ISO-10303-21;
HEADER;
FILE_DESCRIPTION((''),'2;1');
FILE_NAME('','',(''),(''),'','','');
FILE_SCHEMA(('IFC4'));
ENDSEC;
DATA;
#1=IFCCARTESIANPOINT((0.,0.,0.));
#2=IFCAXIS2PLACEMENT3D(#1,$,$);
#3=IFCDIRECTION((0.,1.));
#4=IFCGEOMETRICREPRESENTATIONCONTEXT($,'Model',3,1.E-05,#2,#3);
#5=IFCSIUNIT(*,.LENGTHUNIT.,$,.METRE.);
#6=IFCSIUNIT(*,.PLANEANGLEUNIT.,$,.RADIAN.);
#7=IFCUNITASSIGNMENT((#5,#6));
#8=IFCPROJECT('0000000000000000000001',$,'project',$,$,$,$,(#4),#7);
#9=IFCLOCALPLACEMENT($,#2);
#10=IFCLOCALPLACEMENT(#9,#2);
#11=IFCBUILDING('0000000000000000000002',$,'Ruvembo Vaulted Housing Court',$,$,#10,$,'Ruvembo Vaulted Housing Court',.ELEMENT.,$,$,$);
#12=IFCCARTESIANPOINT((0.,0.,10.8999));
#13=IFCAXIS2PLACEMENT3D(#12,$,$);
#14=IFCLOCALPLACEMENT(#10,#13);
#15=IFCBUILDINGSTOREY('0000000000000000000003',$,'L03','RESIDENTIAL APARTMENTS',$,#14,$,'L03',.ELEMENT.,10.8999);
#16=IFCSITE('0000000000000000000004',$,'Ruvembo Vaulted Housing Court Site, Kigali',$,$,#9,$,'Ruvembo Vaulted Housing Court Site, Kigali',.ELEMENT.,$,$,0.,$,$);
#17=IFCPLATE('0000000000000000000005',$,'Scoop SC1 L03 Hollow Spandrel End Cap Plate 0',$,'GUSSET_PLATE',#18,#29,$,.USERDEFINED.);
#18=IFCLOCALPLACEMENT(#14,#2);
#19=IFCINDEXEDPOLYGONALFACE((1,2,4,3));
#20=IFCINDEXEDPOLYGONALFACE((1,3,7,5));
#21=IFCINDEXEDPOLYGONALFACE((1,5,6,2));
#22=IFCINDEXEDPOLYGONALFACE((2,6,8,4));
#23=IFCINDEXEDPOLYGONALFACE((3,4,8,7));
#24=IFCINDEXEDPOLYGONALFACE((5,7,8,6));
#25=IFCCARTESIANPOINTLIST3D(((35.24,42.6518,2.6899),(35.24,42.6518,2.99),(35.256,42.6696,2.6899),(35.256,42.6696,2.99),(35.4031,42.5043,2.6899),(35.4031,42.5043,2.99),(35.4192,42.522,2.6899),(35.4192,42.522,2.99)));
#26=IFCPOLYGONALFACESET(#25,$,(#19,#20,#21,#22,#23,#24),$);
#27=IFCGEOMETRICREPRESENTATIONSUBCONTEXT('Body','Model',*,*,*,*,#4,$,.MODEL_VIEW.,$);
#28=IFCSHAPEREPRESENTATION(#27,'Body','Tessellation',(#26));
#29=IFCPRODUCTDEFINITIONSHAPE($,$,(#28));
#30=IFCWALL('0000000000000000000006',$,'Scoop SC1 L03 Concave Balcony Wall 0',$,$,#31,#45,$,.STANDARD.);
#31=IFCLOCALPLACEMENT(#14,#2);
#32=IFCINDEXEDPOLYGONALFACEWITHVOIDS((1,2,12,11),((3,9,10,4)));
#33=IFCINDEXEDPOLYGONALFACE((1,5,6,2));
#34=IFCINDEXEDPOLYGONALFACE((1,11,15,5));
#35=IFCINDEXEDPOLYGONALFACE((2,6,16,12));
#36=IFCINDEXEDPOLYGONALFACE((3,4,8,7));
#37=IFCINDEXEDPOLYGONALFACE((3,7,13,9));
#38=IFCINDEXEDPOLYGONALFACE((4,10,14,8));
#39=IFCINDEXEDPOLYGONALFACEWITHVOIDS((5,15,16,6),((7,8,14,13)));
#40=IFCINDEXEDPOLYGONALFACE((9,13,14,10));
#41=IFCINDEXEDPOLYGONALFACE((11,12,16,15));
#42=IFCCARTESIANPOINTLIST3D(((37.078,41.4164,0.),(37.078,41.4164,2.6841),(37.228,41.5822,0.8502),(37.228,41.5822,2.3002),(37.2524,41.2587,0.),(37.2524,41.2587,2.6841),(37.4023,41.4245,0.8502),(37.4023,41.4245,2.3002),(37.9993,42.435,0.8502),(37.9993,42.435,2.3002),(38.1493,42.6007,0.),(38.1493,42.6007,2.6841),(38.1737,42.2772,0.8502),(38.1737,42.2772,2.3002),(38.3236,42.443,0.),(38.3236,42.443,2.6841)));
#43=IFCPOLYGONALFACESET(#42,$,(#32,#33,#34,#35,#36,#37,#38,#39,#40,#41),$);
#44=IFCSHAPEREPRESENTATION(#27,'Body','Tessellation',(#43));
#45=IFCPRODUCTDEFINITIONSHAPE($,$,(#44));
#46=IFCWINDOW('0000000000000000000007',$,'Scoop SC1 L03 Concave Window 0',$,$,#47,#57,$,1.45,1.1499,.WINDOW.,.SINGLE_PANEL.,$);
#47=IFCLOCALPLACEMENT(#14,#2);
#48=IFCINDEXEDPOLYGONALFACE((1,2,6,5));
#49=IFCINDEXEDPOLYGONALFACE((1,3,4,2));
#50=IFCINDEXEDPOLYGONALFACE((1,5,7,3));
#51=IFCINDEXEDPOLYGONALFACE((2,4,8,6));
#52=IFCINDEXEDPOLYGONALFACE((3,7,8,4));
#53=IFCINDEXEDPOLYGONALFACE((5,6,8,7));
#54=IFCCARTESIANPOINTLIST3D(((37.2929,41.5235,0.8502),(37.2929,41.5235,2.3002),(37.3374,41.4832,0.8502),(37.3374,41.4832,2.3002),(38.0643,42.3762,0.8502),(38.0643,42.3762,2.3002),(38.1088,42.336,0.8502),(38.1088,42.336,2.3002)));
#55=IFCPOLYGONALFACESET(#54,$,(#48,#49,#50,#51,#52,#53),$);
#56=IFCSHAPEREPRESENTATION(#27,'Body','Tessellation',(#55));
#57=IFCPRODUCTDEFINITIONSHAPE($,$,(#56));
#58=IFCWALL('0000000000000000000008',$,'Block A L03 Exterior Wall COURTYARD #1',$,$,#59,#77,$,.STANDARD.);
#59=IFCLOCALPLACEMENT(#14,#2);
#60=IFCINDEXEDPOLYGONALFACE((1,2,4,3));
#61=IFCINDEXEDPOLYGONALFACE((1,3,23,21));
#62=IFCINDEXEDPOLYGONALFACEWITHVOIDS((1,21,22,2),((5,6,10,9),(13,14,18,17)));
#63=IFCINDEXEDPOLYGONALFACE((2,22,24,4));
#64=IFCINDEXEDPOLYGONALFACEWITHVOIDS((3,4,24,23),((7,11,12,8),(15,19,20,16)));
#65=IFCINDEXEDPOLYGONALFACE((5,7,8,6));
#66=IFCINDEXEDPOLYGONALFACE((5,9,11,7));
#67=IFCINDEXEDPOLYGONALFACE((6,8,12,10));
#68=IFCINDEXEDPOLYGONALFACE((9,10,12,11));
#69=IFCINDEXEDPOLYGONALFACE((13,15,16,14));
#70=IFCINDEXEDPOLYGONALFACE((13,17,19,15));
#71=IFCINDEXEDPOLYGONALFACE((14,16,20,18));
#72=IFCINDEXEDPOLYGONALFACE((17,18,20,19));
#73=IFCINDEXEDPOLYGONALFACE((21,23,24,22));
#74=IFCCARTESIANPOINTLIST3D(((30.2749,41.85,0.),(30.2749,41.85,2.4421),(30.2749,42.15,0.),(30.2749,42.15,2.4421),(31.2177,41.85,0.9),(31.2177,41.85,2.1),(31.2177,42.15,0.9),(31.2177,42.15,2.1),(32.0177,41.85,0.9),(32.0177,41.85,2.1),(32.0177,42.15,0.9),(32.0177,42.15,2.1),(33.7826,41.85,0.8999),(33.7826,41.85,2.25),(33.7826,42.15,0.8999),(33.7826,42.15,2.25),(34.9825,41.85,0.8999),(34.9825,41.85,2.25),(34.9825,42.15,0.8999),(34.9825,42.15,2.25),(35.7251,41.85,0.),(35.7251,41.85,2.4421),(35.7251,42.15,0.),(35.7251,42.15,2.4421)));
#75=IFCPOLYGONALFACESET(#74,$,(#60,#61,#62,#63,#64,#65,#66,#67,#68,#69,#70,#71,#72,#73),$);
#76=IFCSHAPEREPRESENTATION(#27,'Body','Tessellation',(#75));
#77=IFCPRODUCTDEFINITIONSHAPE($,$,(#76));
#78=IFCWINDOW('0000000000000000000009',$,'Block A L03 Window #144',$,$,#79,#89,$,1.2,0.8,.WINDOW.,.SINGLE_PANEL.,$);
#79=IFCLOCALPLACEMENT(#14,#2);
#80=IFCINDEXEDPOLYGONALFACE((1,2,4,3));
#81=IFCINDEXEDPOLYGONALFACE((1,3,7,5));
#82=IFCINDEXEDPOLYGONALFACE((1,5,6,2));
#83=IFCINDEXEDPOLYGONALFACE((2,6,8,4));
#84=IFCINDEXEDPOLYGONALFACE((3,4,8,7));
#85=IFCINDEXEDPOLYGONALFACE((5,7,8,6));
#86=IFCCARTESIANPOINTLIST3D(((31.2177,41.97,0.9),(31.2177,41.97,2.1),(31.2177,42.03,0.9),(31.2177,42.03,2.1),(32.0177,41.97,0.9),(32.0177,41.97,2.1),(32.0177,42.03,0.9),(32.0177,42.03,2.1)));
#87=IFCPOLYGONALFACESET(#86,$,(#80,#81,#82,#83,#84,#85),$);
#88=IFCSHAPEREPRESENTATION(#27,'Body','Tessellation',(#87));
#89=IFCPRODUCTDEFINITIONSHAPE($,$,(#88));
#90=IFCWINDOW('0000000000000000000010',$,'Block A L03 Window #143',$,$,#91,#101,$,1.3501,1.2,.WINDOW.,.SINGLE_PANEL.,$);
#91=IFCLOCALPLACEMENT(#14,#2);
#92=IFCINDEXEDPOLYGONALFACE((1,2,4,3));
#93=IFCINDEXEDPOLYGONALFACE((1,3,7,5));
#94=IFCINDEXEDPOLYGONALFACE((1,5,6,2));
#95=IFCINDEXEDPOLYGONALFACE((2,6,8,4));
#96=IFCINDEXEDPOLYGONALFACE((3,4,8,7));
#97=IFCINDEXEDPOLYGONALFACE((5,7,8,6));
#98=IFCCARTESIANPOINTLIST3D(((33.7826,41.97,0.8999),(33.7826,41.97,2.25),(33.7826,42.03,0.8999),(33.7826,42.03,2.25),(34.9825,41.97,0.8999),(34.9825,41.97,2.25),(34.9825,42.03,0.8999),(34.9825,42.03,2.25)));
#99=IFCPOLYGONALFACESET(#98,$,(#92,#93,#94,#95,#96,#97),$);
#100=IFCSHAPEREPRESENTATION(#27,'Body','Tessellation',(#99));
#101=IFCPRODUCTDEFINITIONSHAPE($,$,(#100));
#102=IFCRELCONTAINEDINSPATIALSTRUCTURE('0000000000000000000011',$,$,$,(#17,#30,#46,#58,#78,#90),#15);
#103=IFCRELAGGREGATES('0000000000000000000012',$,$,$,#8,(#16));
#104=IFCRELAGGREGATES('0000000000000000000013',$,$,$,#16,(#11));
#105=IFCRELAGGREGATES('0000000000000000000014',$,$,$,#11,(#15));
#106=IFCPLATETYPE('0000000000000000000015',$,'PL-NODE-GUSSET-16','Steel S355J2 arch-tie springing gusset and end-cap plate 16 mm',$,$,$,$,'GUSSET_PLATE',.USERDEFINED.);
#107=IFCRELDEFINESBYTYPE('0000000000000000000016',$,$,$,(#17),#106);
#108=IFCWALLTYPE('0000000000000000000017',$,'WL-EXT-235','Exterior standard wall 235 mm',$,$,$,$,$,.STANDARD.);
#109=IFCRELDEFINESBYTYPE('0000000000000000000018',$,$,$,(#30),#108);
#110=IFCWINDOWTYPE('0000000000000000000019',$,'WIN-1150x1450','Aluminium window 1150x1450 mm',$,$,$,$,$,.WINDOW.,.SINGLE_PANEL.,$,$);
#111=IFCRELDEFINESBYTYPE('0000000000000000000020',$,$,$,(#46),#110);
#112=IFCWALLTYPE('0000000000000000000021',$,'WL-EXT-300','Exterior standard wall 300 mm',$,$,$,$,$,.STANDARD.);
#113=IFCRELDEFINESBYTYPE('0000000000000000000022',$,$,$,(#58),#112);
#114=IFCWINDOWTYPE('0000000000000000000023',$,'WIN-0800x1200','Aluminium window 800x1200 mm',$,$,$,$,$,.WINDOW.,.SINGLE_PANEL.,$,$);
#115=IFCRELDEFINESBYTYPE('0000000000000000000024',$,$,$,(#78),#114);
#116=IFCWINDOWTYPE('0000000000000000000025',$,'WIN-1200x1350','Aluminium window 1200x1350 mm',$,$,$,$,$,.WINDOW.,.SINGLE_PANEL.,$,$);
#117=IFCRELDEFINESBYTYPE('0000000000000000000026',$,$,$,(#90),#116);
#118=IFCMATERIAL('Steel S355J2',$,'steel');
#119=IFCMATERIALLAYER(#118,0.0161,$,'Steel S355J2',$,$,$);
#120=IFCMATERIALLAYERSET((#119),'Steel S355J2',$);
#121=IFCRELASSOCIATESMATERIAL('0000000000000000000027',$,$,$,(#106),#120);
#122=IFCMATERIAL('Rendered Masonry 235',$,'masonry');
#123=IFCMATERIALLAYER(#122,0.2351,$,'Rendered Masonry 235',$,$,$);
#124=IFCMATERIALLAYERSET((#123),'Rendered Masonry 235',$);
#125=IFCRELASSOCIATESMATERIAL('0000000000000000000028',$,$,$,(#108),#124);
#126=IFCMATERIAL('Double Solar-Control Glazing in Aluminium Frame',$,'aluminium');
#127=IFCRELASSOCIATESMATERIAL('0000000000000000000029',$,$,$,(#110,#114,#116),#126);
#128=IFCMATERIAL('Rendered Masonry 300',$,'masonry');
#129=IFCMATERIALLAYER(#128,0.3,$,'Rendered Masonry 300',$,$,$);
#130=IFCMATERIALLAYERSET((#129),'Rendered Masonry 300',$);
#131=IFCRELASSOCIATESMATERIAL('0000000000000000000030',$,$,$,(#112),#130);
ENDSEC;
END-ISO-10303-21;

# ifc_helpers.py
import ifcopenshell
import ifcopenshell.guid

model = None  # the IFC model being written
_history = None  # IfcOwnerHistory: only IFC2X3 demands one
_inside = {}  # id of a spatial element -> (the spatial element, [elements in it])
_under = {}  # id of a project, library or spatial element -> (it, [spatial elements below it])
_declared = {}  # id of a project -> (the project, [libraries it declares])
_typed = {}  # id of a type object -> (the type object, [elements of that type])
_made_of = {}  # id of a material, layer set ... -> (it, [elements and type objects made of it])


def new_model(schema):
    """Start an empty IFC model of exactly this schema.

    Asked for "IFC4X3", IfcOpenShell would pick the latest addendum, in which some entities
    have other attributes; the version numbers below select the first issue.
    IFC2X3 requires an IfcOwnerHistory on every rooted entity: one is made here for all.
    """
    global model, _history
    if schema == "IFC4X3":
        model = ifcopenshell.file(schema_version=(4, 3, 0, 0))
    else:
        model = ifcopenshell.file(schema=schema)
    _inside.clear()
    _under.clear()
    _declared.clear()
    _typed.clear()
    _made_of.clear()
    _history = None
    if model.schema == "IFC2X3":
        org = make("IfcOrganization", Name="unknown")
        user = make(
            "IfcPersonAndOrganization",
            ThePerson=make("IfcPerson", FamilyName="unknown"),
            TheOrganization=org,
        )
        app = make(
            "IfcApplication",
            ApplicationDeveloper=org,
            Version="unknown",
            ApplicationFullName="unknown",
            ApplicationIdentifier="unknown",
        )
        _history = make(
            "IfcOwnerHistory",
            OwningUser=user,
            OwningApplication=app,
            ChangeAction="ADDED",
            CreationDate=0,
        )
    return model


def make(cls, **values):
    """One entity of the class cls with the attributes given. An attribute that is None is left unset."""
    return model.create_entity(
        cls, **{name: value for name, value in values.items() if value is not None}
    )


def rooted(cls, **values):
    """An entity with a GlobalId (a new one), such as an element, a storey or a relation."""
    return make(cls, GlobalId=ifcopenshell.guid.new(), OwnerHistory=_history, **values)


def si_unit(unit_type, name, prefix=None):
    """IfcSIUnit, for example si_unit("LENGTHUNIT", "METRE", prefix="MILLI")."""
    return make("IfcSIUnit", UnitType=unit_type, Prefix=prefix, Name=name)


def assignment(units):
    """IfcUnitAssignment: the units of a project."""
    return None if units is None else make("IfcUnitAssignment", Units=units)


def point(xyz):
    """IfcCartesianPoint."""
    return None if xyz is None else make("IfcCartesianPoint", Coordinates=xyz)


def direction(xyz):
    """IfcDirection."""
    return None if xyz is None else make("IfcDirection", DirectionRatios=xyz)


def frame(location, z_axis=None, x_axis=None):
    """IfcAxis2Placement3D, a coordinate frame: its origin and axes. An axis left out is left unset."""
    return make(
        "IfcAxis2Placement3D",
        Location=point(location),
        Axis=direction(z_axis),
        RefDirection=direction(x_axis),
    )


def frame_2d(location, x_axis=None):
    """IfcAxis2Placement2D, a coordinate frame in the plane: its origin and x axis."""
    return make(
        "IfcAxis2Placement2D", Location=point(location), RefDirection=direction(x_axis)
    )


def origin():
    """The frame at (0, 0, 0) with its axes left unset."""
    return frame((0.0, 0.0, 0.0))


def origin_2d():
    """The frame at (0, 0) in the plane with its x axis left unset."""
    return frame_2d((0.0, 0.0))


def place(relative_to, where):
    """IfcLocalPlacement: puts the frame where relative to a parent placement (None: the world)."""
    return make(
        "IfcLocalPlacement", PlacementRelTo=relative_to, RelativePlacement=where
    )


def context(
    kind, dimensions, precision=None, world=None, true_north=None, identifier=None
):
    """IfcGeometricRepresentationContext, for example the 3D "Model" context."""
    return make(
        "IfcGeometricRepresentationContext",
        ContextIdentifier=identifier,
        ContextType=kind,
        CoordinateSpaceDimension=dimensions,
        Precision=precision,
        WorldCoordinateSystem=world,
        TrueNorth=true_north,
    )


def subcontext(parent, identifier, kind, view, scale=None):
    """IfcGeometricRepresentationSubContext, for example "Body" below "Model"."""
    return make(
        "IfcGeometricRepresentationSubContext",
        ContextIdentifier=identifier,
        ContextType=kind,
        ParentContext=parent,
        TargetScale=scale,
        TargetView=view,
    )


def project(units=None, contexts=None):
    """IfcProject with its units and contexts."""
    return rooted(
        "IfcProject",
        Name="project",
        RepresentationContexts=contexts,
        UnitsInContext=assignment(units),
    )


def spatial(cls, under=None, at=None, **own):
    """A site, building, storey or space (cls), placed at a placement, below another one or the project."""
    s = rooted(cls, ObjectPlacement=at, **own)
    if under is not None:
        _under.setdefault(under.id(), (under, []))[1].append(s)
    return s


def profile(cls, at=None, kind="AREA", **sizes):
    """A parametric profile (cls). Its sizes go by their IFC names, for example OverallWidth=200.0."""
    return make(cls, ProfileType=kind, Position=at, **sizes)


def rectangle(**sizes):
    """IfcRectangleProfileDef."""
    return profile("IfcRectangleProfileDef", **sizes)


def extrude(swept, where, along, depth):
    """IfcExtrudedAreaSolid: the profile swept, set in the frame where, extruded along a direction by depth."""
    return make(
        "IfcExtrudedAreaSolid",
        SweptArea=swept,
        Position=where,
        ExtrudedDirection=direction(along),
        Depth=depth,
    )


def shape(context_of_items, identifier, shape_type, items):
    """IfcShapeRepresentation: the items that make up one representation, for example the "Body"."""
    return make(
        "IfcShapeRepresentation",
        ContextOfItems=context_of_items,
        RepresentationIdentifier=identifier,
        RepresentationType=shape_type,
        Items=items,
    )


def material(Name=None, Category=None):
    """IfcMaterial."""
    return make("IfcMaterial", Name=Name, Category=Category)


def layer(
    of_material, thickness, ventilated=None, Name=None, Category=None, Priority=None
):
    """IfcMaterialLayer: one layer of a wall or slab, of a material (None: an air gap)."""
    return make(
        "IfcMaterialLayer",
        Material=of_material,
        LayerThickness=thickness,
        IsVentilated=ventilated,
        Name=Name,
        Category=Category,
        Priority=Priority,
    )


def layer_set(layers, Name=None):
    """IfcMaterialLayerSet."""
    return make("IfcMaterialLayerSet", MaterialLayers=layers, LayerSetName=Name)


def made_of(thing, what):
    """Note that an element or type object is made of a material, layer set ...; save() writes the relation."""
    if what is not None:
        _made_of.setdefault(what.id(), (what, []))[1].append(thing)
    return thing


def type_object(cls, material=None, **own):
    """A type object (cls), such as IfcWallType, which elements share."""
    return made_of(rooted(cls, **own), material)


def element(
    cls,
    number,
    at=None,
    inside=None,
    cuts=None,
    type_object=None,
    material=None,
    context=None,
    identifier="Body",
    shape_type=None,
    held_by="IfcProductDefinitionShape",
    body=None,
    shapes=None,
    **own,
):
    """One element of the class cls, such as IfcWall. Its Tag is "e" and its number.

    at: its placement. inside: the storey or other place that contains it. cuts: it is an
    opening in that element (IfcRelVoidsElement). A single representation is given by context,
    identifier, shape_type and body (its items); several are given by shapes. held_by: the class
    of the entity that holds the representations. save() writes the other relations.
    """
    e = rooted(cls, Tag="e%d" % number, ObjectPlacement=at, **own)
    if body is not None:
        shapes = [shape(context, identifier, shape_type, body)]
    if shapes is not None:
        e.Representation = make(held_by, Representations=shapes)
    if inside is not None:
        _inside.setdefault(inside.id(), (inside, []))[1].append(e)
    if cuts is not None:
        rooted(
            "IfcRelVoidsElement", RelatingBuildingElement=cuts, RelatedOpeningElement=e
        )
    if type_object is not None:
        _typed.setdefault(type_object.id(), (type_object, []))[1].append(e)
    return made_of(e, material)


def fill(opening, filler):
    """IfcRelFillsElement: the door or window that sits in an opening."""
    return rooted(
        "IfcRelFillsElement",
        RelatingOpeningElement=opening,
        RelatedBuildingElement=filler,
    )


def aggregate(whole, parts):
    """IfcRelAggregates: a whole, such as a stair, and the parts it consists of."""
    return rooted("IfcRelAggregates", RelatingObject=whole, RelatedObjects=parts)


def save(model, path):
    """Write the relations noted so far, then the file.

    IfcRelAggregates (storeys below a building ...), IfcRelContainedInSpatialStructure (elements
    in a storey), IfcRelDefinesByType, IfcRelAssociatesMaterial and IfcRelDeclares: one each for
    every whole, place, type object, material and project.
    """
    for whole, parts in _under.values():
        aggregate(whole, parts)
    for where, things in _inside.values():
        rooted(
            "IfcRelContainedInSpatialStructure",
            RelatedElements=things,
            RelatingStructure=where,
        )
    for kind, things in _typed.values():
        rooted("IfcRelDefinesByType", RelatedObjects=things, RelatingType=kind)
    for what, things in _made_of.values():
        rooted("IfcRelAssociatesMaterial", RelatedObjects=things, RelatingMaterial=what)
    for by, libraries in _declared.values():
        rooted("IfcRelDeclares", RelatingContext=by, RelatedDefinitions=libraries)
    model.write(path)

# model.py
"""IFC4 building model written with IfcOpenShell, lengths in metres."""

from ifc_helpers import new_model, si_unit, direction, frame, frame_2d, origin, origin_2d, place, context, subcontext, project, spatial, rectangle, extrude, material, layer, layer_set, type_object, element, fill, save


model = new_model("IFC4")

# Units and contexts
model_context = context("Model", 3, precision=1e-05, world=origin(), true_north=direction((0.0, 1.0)))
body_context = subcontext(model_context, "Body", "Model", "MODEL_VIEW")
ifc_project = project(units=[si_unit("LENGTHUNIT", "METRE"), si_unit("PLANEANGLEUNIT", "RADIAN")], contexts=[model_context])

# Site, building, storey
site_placement = place(None, origin())
site = spatial("IfcSite", under=ifc_project, at=site_placement, Name="Ruvembo Vaulted Housing Court Site, Kigali", LongName="Ruvembo Vaulted Housing Court Site, Kigali", CompositionType="ELEMENT", RefElevation=0.0)
building_placement = place(site_placement, origin())
building = spatial("IfcBuilding", under=site, at=building_placement, Name="Ruvembo Vaulted Housing Court", LongName="Ruvembo Vaulted Housing Court", CompositionType="ELEMENT")
storey_placement = place(building_placement, frame((0.0, 0.0, 10.8999)))
storey = spatial("IfcBuildingStorey", under=building, at=storey_placement, Name="L03", Description="RESIDENTIAL APARTMENTS", LongName="L03", CompositionType="ELEMENT", Elevation=10.8999)

# Shared definitions
ifc_material_1 = material(Name="Steel S355J2", Category="steel")

# Plate
ifc_layer_1 = layer(ifc_material_1, 0.0161, Name="Steel S355J2")
ifc_layer_set_1 = layer_set([ifc_layer_1], Name="Steel S355J2")
plate_type = type_object("IfcPlateType", Name="PL-NODE-GUSSET-16", Description="Steel S355J2 arch-tie springing gusset and end-cap plate 16 mm", ElementType="GUSSET_PLATE", PredefinedType="USERDEFINED", material=ifc_layer_set_1)
plate_placement = place(storey_placement, frame((35.3296, 42.5869, 2.6899), z_axis=(0.0, 0.0, 1.0), x_axis=(0.670841, 0.741601, 0.0)))
element("IfcPlate", 1, at=plate_placement, inside=storey, type_object=plate_type, Name="Scoop SC1 L03 Hollow Spandrel End Cap Plate 0", ObjectType="GUSSET_PLATE", PredefinedType="USERDEFINED", context=body_context, shape_type="SweptSolid", body=[
    extrude(rectangle(XDim=0.0239, YDim=0.22, at=origin_2d()), origin(), (0.0, 0.0, 1.0), 0.3),
])

# Wall, opening, window
ifc_material_2 = material(Name="Rendered Masonry 235", Category="masonry")
ifc_layer_2 = layer(ifc_material_2, 0.2351, Name="Rendered Masonry 235")
ifc_layer_set_2 = layer_set([ifc_layer_2], Name="Rendered Masonry 235")
wall_type_1 = type_object("IfcWallType", Name="WL-EXT-235", Description="Exterior standard wall 235 mm", PredefinedType="STANDARD", material=ifc_layer_set_2)
wall_1_placement = place(storey_placement, frame((37.1653, 41.3376, 0.0), z_axis=(0.0, 0.0, 1.0), x_axis=(0.670829, 0.741612, 0.0)))
wall_1 = element("IfcWall", 2, at=wall_1_placement, inside=storey, type_object=wall_type_1, Name="Scoop SC1 L03 Concave Balcony Wall 0", PredefinedType="STANDARD", context=body_context, shape_type="SweptSolid", body=[
    extrude(rectangle(XDim=1.5969, YDim=0.2351, at=frame_2d((0.7983, 0.0))), origin(), (0.0, 0.0, 1.0), 2.6841),
])
opening_1_placement = place(wall_1_placement, frame((0.2234, 0.0, 0.8501)))
opening_1 = element("IfcOpeningElement", 3, at=opening_1_placement, cuts=wall_1, PredefinedType="OPENING", context=body_context, shape_type="SweptSolid", body=[
    extrude(rectangle(XDim=1.1499, YDim=1.45, at=frame_2d((0.575, 0.7251))), frame((0.0, 0.1274, 0.0), z_axis=(0.0, -1.0, 0.0), x_axis=(1.0, 0.0, 0.0)), (0.0, 0.0, 1.0), 0.2551),
])
ifc_material_3 = material(Name="Double Solar-Control Glazing in Aluminium Frame", Category="aluminium")
window_type_1 = type_object("IfcWindowType", Name="WIN-1150x1450", Description="Aluminium window 1150x1450 mm", PartitioningType="SINGLE_PANEL", PredefinedType="WINDOW", material=ifc_material_3)
window_1_placement = place(opening_1_placement, origin())
window_1 = element("IfcWindow", 4, at=window_1_placement, inside=storey, type_object=window_type_1, Name="Scoop SC1 L03 Concave Window 0", OverallHeight=1.45, OverallWidth=1.1499, PartitioningType="SINGLE_PANEL", PredefinedType="WINDOW", context=body_context, shape_type="SweptSolid", body=[
    extrude(rectangle(XDim=1.1499, YDim=1.45, at=frame_2d((0.575, 0.7251))), frame((0.0, 0.03, 0.0), z_axis=(0.0, -1.0, 0.0), x_axis=(1.0, 0.0, 0.0)), (0.0, 0.0, 1.0), 0.0601),
])
fill(opening_1, window_1)

# Shared definitions
ifc_material_4 = material(Name="Rendered Masonry 300", Category="masonry")
ifc_layer_3 = layer(ifc_material_4, 0.3, Name="Rendered Masonry 300")
ifc_layer_set_3 = layer_set([ifc_layer_3], Name="Rendered Masonry 300")
wall_type_2 = type_object("IfcWallType", Name="WL-EXT-300", Description="Exterior standard wall 300 mm", PredefinedType="STANDARD", material=ifc_layer_set_3)

# Wall, openings, windows
wall_2_placement = place(storey_placement, frame((35.7251, 42.0, 0.0), z_axis=(0.0, 0.0, 1.0), x_axis=(-1.0, 0.0, 0.0)))
wall_2 = element("IfcWall", 5, at=wall_2_placement, inside=storey, type_object=wall_type_2, Name="Block A L03 Exterior Wall COURTYARD #1", PredefinedType="STANDARD", context=body_context, shape_type="SweptSolid", body=[
    extrude(rectangle(XDim=5.4502, YDim=0.3, at=frame_2d((2.7251, 0.0))), origin(), (0.0, 0.0, 1.0), 2.4421),
])
opening_2_placement = place(wall_2_placement, frame((0.7424, 0.0, 0.8999)))
opening_2 = element("IfcOpeningElement", 6, at=opening_2_placement, cuts=wall_2, PredefinedType="OPENING", context=body_context, shape_type="SweptSolid", body=[
    extrude(rectangle(XDim=1.2, YDim=1.3501, at=frame_2d((0.6001, 0.675))), frame((0.0, 0.1599, 0.0), z_axis=(0.0, -1.0, 0.0), x_axis=(1.0, 0.0, 0.0)), (0.0, 0.0, 1.0), 0.3201),
])
opening_3_placement = place(wall_2_placement, frame((3.7075, 0.0, 0.8999)))
opening_3 = element("IfcOpeningElement", 7, at=opening_3_placement, cuts=wall_2, PredefinedType="OPENING", context=body_context, shape_type="SweptSolid", body=[
    extrude(rectangle(XDim=0.8, YDim=1.2, at=frame_2d((0.3999, 0.6001))), frame((0.0, 0.1599, 0.0), z_axis=(0.0, -1.0, 0.0), x_axis=(1.0, 0.0, 0.0)), (0.0, 0.0, 1.0), 0.3201),
])
window_type_2 = type_object("IfcWindowType", Name="WIN-0800x1200", Description="Aluminium window 800x1200 mm", PartitioningType="SINGLE_PANEL", PredefinedType="WINDOW", material=ifc_material_3)
window_2_placement = place(opening_3_placement, origin())
window_2 = element("IfcWindow", 8, at=window_2_placement, inside=storey, type_object=window_type_2, Name="Block A L03 Window #144", OverallHeight=1.2, OverallWidth=0.8, PartitioningType="SINGLE_PANEL", PredefinedType="WINDOW", context=body_context, shape_type="SweptSolid", body=[
    extrude(rectangle(XDim=0.8, YDim=1.2, at=frame_2d((0.3999, 0.6001))), frame((0.0, 0.03, 0.0), z_axis=(0.0, -1.0, 0.0), x_axis=(1.0, 0.0, 0.0)), (0.0, 0.0, 1.0), 0.0601),
])
fill(opening_3, window_2)
window_type_3 = type_object("IfcWindowType", Name="WIN-1200x1350", Description="Aluminium window 1200x1350 mm", PartitioningType="SINGLE_PANEL", PredefinedType="WINDOW", material=ifc_material_3)
window_3_placement = place(opening_2_placement, origin())
window_3 = element("IfcWindow", 9, at=window_3_placement, inside=storey, type_object=window_type_3, Name="Block A L03 Window #143", OverallHeight=1.3501, OverallWidth=1.2, PartitioningType="SINGLE_PANEL", PredefinedType="WINDOW", context=body_context, shape_type="SweptSolid", body=[
    extrude(rectangle(XDim=1.2, YDim=1.3501, at=frame_2d((0.6001, 0.675))), frame((0.0, 0.03, 0.0), z_axis=(0.0, -1.0, 0.0), x_axis=(1.0, 0.0, 0.0)), (0.0, 0.0, 1.0), 0.0601),
])
fill(opening_2, window_3)

save(model, "model.ifc")
